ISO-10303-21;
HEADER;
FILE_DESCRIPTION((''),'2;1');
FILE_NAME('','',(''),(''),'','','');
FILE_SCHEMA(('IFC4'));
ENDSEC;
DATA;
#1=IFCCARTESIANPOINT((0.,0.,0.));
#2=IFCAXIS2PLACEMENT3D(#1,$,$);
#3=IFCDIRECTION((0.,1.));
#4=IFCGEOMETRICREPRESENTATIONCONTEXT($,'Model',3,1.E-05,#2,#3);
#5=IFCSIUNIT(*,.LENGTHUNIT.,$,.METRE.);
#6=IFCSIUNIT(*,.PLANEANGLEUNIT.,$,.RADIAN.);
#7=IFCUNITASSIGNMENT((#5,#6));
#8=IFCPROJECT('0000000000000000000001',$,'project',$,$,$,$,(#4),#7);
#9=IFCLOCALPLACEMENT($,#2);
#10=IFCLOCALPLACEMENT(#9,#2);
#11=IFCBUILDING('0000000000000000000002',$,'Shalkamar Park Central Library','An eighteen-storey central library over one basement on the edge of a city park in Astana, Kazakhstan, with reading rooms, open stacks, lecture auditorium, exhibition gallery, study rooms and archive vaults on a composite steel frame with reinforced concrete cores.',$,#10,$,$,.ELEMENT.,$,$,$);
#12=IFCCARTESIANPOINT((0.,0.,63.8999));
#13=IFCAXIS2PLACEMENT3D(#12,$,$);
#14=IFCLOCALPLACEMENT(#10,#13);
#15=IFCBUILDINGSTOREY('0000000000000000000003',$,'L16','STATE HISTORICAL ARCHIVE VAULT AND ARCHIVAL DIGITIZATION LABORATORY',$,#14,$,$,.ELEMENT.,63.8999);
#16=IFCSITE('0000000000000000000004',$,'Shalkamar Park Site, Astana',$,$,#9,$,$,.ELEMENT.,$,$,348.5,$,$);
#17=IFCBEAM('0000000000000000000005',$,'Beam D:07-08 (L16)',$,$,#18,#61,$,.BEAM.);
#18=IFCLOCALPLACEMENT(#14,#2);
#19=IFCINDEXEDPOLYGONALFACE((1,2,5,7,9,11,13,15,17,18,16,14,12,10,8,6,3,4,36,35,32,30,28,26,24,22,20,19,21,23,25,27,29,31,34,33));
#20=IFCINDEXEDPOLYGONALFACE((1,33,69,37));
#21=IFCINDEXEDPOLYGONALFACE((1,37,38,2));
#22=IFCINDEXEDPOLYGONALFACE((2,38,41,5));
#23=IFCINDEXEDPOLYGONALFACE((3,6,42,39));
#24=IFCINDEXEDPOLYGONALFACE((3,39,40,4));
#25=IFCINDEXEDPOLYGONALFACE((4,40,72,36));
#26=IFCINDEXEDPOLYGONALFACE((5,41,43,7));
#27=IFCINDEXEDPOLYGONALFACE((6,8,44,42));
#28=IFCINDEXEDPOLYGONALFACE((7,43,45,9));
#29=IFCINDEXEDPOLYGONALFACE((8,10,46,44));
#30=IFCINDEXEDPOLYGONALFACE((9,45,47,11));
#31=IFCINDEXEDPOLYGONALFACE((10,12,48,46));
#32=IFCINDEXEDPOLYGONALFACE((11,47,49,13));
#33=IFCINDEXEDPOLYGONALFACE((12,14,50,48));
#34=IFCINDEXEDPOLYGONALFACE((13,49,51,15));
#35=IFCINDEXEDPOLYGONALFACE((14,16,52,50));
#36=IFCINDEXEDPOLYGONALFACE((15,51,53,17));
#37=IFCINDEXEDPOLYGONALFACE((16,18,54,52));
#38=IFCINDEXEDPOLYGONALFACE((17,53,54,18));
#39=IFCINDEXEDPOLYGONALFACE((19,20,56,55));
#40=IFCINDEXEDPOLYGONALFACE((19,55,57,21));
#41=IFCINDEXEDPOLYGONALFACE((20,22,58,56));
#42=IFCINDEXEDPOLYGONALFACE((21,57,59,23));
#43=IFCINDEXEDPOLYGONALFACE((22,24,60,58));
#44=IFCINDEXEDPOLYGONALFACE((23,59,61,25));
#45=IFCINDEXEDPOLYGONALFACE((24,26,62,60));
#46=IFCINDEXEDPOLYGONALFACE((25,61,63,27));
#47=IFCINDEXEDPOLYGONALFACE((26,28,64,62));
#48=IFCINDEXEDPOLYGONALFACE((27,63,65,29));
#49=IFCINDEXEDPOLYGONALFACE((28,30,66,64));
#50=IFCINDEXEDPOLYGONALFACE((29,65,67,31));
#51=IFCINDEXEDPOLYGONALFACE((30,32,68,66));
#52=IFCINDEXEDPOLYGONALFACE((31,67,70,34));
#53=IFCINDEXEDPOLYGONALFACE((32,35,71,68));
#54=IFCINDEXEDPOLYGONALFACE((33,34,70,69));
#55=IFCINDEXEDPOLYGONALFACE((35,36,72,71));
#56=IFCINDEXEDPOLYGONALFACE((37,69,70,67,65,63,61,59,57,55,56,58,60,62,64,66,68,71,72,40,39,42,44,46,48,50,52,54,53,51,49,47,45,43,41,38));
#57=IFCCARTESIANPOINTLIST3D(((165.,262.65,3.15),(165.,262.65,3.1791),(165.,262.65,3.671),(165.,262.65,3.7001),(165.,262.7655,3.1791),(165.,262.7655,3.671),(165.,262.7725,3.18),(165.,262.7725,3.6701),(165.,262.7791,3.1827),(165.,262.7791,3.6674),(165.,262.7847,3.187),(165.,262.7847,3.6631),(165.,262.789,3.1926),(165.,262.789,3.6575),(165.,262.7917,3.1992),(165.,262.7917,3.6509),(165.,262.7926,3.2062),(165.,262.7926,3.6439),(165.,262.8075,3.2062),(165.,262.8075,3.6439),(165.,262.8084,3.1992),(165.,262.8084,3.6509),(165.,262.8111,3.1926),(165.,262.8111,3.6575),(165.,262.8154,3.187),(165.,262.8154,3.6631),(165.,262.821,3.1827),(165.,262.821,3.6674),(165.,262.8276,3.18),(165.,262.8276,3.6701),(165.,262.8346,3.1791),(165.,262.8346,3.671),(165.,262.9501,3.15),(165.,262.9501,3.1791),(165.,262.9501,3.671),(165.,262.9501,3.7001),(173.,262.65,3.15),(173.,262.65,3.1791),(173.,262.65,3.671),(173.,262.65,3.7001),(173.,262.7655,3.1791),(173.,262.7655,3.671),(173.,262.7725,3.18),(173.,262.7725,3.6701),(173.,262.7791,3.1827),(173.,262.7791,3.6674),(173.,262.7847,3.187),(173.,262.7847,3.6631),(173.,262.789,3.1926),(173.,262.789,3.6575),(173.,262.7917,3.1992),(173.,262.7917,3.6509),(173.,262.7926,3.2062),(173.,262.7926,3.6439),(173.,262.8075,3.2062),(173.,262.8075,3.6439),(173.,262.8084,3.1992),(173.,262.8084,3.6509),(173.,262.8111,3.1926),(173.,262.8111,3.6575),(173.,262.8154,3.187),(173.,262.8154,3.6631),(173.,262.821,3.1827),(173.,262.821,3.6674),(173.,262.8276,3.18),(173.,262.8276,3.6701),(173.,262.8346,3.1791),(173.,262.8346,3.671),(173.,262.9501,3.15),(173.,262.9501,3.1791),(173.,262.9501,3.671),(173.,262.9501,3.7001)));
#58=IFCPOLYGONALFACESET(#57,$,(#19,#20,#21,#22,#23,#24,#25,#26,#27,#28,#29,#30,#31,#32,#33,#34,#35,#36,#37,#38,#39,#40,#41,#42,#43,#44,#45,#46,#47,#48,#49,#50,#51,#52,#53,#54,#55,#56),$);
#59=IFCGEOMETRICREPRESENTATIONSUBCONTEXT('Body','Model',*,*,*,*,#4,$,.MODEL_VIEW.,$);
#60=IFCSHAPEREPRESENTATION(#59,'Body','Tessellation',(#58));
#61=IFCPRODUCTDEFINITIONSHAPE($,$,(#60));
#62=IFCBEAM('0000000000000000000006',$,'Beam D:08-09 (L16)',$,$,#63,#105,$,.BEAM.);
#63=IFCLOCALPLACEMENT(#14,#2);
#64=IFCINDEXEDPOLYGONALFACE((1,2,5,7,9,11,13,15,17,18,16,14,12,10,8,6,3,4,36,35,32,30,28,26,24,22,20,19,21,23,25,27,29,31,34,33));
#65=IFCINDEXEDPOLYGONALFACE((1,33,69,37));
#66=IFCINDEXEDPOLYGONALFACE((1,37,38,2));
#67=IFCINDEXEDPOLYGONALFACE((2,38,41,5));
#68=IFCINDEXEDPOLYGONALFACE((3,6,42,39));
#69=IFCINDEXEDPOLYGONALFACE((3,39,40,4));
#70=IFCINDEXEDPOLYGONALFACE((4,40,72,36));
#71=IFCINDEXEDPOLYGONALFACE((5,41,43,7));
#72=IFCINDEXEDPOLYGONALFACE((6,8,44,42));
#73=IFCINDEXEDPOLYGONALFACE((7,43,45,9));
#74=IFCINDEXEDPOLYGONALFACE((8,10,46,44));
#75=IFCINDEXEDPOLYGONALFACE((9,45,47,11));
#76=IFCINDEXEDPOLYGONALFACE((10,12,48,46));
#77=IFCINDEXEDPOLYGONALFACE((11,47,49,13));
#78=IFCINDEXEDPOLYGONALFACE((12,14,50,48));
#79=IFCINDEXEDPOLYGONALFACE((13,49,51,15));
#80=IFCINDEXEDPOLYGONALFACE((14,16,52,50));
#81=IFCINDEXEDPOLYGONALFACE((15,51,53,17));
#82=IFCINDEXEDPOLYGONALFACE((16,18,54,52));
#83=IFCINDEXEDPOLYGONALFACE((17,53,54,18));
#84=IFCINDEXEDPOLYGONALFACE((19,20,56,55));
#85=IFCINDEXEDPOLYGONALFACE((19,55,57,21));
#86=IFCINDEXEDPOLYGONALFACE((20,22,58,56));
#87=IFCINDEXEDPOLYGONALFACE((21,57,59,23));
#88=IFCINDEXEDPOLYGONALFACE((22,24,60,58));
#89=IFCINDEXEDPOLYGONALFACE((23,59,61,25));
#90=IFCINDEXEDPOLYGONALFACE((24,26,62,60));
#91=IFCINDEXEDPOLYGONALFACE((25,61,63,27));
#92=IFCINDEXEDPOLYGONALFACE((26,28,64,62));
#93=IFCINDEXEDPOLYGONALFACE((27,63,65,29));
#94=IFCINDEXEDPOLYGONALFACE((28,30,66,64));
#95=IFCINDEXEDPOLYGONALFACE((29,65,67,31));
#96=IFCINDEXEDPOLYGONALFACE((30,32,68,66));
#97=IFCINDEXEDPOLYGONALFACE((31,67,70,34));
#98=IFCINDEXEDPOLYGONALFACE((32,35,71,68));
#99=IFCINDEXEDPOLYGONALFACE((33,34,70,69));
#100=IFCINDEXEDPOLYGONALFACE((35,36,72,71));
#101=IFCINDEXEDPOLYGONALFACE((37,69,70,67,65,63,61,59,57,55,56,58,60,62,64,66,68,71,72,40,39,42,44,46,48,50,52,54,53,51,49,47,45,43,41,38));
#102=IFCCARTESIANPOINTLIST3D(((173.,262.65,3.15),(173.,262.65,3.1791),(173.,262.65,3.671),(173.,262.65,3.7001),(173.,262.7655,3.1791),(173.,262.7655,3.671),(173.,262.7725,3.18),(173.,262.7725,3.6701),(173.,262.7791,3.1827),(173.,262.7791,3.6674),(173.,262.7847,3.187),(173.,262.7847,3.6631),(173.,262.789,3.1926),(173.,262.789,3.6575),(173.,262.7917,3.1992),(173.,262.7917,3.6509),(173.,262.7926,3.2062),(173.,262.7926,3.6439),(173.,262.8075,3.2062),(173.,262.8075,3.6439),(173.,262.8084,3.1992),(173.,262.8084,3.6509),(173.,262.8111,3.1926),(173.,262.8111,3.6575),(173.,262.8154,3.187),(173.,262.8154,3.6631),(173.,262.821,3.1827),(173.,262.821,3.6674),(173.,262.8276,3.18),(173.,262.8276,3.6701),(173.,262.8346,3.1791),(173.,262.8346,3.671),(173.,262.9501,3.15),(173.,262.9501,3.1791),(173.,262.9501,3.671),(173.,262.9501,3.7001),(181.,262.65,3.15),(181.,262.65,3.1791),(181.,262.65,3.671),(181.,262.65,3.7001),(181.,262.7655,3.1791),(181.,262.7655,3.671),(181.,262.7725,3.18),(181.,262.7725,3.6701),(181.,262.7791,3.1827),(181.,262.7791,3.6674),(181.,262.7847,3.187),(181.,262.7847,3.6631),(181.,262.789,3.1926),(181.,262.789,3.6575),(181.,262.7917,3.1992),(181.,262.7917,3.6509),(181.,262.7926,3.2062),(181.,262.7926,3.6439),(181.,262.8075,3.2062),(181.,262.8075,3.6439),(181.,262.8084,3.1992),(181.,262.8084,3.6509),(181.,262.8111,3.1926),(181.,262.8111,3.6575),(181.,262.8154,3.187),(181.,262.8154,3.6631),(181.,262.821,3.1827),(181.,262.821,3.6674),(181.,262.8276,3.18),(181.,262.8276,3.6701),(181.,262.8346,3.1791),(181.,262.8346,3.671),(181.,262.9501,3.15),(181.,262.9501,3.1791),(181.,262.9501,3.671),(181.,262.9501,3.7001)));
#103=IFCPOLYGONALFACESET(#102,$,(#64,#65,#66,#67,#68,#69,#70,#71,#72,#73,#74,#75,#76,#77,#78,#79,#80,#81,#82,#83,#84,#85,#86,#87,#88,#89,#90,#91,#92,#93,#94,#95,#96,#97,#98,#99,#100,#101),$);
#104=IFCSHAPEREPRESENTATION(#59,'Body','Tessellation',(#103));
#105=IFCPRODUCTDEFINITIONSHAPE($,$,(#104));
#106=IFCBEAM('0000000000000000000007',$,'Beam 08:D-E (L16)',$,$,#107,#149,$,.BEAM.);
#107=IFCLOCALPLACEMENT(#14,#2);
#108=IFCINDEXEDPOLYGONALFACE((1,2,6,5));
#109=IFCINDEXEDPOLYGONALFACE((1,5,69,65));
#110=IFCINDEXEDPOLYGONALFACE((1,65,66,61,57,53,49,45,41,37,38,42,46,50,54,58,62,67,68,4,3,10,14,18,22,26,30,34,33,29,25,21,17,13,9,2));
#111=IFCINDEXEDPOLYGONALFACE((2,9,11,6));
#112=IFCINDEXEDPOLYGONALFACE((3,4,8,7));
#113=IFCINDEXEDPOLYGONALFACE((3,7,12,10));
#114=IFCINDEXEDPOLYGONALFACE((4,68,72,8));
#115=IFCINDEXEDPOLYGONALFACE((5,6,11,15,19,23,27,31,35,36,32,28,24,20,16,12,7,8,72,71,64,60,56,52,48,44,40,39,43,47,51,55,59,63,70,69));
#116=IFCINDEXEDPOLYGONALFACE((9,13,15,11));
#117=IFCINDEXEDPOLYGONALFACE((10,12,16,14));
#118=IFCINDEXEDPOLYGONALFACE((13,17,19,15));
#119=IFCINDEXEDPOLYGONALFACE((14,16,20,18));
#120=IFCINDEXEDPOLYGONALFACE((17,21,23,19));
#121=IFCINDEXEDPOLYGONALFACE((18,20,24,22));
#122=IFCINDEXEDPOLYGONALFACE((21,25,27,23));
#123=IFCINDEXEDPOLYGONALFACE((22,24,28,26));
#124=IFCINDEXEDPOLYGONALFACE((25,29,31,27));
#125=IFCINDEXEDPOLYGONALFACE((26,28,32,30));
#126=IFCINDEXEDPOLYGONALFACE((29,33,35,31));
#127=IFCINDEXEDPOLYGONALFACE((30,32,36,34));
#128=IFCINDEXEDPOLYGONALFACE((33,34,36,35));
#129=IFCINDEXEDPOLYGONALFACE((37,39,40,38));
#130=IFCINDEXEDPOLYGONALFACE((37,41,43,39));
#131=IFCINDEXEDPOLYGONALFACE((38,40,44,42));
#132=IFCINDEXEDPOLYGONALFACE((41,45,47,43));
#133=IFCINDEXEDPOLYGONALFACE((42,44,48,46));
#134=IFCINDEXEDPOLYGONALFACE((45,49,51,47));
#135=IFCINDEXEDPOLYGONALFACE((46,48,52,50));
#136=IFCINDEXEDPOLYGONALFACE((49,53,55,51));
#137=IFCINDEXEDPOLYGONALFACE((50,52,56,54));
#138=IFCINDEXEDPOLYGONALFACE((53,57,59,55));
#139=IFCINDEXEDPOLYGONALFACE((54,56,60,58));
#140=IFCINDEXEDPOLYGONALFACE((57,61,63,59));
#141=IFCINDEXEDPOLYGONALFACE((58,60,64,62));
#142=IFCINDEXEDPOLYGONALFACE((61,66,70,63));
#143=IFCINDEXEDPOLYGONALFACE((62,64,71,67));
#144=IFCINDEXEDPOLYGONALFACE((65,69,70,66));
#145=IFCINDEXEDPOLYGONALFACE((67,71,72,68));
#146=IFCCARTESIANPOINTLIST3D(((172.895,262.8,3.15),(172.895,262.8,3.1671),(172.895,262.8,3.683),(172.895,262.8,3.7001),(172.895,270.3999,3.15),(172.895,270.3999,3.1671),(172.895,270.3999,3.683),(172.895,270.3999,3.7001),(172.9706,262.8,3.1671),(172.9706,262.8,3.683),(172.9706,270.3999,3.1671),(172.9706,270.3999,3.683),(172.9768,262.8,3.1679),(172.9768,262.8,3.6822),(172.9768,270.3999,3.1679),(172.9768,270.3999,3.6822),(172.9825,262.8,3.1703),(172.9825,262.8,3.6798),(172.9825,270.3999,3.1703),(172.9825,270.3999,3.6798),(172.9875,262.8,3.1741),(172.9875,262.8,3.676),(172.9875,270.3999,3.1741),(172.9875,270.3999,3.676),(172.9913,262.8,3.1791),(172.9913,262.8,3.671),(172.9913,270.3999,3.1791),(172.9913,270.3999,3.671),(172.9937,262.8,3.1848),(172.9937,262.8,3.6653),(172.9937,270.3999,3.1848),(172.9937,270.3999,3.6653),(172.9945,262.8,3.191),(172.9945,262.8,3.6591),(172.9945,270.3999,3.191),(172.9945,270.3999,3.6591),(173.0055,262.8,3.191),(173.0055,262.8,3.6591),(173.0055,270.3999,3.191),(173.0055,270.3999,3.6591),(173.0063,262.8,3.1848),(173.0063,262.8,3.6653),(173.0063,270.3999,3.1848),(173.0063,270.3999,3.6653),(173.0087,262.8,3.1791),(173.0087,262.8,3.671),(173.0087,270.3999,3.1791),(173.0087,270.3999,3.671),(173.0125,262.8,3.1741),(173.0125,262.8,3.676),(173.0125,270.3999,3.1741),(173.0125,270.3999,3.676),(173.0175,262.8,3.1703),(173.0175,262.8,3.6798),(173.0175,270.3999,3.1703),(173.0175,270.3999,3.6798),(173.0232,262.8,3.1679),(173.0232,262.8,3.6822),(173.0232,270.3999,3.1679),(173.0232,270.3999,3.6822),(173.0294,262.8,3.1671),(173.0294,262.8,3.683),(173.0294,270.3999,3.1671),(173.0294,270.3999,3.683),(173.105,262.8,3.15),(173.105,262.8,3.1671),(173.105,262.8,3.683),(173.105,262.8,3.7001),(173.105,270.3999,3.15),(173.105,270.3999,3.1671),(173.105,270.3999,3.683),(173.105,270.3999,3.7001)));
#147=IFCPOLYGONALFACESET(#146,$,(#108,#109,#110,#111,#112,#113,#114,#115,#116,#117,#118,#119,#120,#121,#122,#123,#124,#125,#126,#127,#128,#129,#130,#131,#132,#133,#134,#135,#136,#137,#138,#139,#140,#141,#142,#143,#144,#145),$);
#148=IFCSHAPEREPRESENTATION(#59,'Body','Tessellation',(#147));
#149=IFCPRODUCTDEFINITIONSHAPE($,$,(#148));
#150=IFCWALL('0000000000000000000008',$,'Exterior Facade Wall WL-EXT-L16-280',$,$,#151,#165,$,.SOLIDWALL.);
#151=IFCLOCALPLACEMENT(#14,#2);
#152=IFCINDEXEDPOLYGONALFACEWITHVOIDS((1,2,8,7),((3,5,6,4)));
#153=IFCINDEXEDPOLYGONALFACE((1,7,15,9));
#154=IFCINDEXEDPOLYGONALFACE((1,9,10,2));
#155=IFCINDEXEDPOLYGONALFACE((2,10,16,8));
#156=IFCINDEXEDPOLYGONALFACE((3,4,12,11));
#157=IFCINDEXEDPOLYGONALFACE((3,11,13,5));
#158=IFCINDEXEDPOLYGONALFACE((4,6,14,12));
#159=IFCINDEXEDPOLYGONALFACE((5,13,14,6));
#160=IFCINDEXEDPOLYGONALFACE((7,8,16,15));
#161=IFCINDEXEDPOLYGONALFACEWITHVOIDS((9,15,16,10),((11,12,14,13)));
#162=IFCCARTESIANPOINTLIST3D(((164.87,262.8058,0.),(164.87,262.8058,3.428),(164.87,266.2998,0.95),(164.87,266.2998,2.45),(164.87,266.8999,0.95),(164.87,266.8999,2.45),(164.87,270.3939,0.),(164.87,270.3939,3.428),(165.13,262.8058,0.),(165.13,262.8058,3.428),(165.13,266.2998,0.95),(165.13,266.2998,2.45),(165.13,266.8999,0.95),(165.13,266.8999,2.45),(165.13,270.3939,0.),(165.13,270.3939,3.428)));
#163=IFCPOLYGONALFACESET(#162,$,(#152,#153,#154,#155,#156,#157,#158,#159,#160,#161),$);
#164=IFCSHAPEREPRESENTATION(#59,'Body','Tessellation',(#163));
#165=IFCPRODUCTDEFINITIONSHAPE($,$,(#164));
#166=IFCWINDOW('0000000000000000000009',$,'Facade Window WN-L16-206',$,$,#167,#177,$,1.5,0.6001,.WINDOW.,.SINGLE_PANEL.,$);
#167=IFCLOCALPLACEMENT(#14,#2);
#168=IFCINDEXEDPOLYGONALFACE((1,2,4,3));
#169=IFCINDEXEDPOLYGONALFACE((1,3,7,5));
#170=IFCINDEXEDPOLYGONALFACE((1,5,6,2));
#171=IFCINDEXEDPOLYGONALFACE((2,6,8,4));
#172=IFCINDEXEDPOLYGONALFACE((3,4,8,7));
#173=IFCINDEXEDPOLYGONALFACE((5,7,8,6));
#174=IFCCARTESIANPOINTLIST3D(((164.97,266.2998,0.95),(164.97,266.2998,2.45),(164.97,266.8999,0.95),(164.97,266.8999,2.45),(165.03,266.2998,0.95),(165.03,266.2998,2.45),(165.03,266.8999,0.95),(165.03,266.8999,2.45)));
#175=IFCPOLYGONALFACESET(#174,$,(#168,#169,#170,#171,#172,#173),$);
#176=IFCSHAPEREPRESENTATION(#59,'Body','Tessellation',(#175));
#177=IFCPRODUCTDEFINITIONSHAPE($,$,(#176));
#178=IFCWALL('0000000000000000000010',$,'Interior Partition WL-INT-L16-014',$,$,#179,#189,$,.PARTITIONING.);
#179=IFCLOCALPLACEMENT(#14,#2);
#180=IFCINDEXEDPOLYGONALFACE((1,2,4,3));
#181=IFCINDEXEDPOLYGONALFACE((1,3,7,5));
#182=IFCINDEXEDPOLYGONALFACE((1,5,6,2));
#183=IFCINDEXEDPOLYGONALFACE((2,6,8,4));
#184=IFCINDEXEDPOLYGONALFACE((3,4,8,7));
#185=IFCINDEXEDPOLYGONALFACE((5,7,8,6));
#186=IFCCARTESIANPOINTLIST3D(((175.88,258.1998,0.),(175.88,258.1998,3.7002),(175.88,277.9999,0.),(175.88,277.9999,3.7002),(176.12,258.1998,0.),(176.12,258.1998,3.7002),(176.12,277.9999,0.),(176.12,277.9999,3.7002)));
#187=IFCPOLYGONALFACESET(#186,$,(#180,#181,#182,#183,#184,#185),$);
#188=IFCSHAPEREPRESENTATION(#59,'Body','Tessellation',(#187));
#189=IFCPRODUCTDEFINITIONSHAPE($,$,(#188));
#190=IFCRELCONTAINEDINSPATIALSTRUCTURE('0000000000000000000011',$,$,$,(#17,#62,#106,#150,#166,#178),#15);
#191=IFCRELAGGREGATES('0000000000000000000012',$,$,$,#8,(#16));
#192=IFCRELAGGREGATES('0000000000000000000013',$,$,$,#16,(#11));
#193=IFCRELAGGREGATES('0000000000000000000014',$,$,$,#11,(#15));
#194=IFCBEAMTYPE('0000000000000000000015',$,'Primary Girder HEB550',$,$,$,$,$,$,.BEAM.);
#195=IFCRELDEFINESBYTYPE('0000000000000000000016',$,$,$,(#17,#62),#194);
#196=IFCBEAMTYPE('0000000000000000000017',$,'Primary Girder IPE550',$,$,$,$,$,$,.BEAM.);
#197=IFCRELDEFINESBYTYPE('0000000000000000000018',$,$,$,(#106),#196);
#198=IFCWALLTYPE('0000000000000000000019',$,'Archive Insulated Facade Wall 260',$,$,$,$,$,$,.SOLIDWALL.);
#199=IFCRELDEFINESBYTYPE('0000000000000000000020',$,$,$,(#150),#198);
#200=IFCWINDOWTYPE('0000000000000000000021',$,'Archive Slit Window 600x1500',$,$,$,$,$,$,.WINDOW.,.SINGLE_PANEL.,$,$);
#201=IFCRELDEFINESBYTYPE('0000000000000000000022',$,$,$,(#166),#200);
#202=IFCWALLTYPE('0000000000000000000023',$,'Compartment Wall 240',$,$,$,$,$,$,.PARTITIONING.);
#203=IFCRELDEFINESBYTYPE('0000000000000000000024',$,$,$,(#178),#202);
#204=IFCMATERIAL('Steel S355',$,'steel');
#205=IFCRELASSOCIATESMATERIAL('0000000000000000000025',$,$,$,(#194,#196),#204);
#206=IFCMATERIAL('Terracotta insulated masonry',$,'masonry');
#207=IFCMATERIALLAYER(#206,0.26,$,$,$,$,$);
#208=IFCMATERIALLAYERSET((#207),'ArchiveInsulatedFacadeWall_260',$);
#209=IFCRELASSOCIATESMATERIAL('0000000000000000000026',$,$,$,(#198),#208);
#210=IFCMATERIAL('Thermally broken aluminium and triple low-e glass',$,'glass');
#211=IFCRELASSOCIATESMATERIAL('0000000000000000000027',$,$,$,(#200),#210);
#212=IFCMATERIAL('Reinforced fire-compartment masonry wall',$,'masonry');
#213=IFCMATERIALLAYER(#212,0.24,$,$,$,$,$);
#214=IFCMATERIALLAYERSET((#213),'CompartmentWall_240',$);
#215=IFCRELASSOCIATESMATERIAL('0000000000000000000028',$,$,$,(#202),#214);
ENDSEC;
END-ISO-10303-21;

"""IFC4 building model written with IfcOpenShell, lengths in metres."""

from ifc_helpers import new_model, si_unit, direction, frame, frame_2d, origin, origin_2d, place, context, subcontext, project, spatial, rectangle, i_section, extrude, material, layer, layer_set, material_profile, profile_set, type_object, element, fill, save


model = new_model("IFC4")

# Units and contexts
model_context = context("Model", 3, precision=1e-05, world=origin(), true_north=direction((0.0, 1.0)))
body_context = subcontext(model_context, "Body", "Model", "MODEL_VIEW")
ifc_project = project(units=[si_unit("LENGTHUNIT", "METRE"), si_unit("PLANEANGLEUNIT", "RADIAN")], contexts=[model_context])

# Site, building, storey
site_placement = place(None, origin())
site = spatial("IfcSite", under=ifc_project, at=site_placement, Name="Shalkamar Park Site, Astana", CompositionType="ELEMENT", RefElevation=348.5)
building_placement = place(site_placement, origin())
building = spatial("IfcBuilding", under=site, at=building_placement, Name="Shalkamar Park Central Library", Description="An eighteen-storey central library over one basement on the edge of a city park in Astana, Kazakhstan, with reading rooms, open stacks, lecture auditorium, exhibition gallery, study rooms and archive vaults on a composite steel frame with reinforced concrete cores.", CompositionType="ELEMENT")
storey_placement = place(building_placement, frame((0.0, 0.0, 63.8999)))
storey = spatial("IfcBuildingStorey", under=building, at=storey_placement, Name="L16", Description="STATE HISTORICAL ARCHIVE VAULT AND ARCHIVAL DIGITIZATION LABORATORY", CompositionType="ELEMENT", Elevation=63.8999)

# Shared definitions
ifc_material_1 = material(Name="Steel S355", Category="steel")

# Beams
ifc_material_profile_1 = material_profile(ifc_material_1, i_section(OverallWidth=0.3, OverallDepth=0.55, WebThickness=0.0149, FlangeThickness=0.0291, FilletRadius=0.0271, at=origin_2d()), Name="HEB 550")
ifc_profile_set_1 = profile_set([ifc_material_profile_1], Name="Steel S355")
beam_type_1 = type_object("IfcBeamType", Name="Primary Girder HEB550", PredefinedType="BEAM", material=ifc_profile_set_1)
for number, where, z_axis, x_axis, name in (
    (1, (165.0, 262.8, 3.425), (1.0, 0.0, 0.0), (0.0, 1.0, 0.0), "Beam D:07-08 (L16)"),
    (2, (173.0, 262.8, 3.425), (1.0, 0.0, 0.0), (0.0, 1.0, 0.0), "Beam D:08-09 (L16)"),
):
    element("IfcBeam", number, at=place(storey_placement, frame(where, z_axis=z_axis, x_axis=x_axis)), inside=storey, type_object=beam_type_1, Name=name, PredefinedType="BEAM", context=body_context, shape_type="SweptSolid", body=[
        extrude(i_section(OverallWidth=0.3, OverallDepth=0.55, WebThickness=0.0149, FlangeThickness=0.0291, FilletRadius=0.0271, at=origin_2d()), origin(), (0.0, 0.0, 1.0), 8.0),
    ])
ifc_material_profile_2 = material_profile(ifc_material_1, i_section(OverallWidth=0.21, OverallDepth=0.55, WebThickness=0.011, FlangeThickness=0.0171, FilletRadius=0.0239, at=origin_2d()), Name="IPE 550")
ifc_profile_set_2 = profile_set([ifc_material_profile_2], Name="Steel S355")
beam_type_2 = type_object("IfcBeamType", Name="Primary Girder IPE550", PredefinedType="BEAM", material=ifc_profile_set_2)
beam_1_placement = place(storey_placement, frame((173.0, 262.8, 3.425), z_axis=(0.0, 1.0, 0.0), x_axis=(-1.0, 0.0, 0.0)))
element("IfcBeam", 3, at=beam_1_placement, inside=storey, type_object=beam_type_2, Name="Beam 08:D-E (L16)", PredefinedType="BEAM", context=body_context, shape_type="SweptSolid", body=[
    extrude(i_section(OverallWidth=0.21, OverallDepth=0.55, WebThickness=0.011, FlangeThickness=0.0171, FilletRadius=0.0239, at=origin_2d()), origin(), (0.0, 0.0, 1.0), 7.5999),
])

# Wall, opening, window
ifc_material_2 = material(Name="Terracotta insulated masonry", Category="masonry")
ifc_layer_1 = layer(ifc_material_2, 0.26)
ifc_layer_set_1 = layer_set([ifc_layer_1], Name="ArchiveInsulatedFacadeWall_260")
wall_type_1 = type_object("IfcWallType", Name="Archive Insulated Facade Wall 260", PredefinedType="SOLIDWALL", material=ifc_layer_set_1)
wall_1_placement = place(storey_placement, frame((165.0, 262.8059, 0.0), z_axis=(0.0, 0.0, 1.0), x_axis=(0.0, 1.0, 0.0)))
wall_1 = element("IfcWall", 4, at=wall_1_placement, inside=storey, type_object=wall_type_1, Name="Exterior Facade Wall WL-EXT-L16-280", PredefinedType="SOLIDWALL", context=body_context, shape_type="SweptSolid", body=[
    extrude(rectangle(XDim=7.5881, YDim=0.26, at=frame_2d((3.7939, 0.0))), origin(), (0.0, 0.0, 1.0), 3.428),
])
opening_1_placement = place(wall_1_placement, frame((3.4939, 0.0, 0.95)))
opening_1 = element("IfcOpeningElement", 5, at=opening_1_placement, cuts=wall_1, PredefinedType="OPENING", context=body_context, shape_type="SweptSolid", body=[
    extrude(rectangle(XDim=0.6001, YDim=1.5, at=frame_2d((0.3, 0.75))), frame((0.0, 0.145, 0.0), z_axis=(0.0, -1.0, 0.0), x_axis=(1.0, 0.0, 0.0)), (0.0, 0.0, 1.0), 0.2898),
])
ifc_material_3 = material(Name="Thermally broken aluminium and triple low-e glass", Category="glass")
window_type = type_object("IfcWindowType", Name="Archive Slit Window 600x1500", PartitioningType="SINGLE_PANEL", PredefinedType="WINDOW", material=ifc_material_3)
window_placement = place(opening_1_placement, origin())
window = element("IfcWindow", 6, at=window_placement, inside=storey, type_object=window_type, Name="Facade Window WN-L16-206", OverallHeight=1.5, OverallWidth=0.6001, PartitioningType="SINGLE_PANEL", PredefinedType="WINDOW", context=body_context, shape_type="SweptSolid", body=[
    extrude(rectangle(XDim=0.6001, YDim=1.5, at=frame_2d((0.3, 0.75))), frame((0.0, 0.03, 0.0), z_axis=(0.0, -1.0, 0.0), x_axis=(1.0, 0.0, 0.0)), (0.0, 0.0, 1.0), 0.0601),
])
fill(opening_1, window)

# Wall
ifc_material_4 = material(Name="Reinforced fire-compartment masonry wall", Category="masonry")
ifc_layer_2 = layer(ifc_material_4, 0.24)
ifc_layer_set_2 = layer_set([ifc_layer_2], Name="CompartmentWall_240")
wall_type_2 = type_object("IfcWallType", Name="Compartment Wall 240", PredefinedType="PARTITIONING", material=ifc_layer_set_2)
wall_2_placement = place(storey_placement, frame((176.0, 258.2, 0.0), z_axis=(0.0, 0.0, 1.0), x_axis=(0.0, 1.0, 0.0)))
element("IfcWall", 7, at=wall_2_placement, inside=storey, type_object=wall_type_2, Name="Interior Partition WL-INT-L16-014", PredefinedType="PARTITIONING", context=body_context, shape_type="SweptSolid", body=[
    extrude(rectangle(XDim=19.8, YDim=0.24, at=frame_2d((9.8999, 0.0))), origin(), (0.0, 0.0, 1.0), 3.7002),
])

save(model, "model.ifc")
